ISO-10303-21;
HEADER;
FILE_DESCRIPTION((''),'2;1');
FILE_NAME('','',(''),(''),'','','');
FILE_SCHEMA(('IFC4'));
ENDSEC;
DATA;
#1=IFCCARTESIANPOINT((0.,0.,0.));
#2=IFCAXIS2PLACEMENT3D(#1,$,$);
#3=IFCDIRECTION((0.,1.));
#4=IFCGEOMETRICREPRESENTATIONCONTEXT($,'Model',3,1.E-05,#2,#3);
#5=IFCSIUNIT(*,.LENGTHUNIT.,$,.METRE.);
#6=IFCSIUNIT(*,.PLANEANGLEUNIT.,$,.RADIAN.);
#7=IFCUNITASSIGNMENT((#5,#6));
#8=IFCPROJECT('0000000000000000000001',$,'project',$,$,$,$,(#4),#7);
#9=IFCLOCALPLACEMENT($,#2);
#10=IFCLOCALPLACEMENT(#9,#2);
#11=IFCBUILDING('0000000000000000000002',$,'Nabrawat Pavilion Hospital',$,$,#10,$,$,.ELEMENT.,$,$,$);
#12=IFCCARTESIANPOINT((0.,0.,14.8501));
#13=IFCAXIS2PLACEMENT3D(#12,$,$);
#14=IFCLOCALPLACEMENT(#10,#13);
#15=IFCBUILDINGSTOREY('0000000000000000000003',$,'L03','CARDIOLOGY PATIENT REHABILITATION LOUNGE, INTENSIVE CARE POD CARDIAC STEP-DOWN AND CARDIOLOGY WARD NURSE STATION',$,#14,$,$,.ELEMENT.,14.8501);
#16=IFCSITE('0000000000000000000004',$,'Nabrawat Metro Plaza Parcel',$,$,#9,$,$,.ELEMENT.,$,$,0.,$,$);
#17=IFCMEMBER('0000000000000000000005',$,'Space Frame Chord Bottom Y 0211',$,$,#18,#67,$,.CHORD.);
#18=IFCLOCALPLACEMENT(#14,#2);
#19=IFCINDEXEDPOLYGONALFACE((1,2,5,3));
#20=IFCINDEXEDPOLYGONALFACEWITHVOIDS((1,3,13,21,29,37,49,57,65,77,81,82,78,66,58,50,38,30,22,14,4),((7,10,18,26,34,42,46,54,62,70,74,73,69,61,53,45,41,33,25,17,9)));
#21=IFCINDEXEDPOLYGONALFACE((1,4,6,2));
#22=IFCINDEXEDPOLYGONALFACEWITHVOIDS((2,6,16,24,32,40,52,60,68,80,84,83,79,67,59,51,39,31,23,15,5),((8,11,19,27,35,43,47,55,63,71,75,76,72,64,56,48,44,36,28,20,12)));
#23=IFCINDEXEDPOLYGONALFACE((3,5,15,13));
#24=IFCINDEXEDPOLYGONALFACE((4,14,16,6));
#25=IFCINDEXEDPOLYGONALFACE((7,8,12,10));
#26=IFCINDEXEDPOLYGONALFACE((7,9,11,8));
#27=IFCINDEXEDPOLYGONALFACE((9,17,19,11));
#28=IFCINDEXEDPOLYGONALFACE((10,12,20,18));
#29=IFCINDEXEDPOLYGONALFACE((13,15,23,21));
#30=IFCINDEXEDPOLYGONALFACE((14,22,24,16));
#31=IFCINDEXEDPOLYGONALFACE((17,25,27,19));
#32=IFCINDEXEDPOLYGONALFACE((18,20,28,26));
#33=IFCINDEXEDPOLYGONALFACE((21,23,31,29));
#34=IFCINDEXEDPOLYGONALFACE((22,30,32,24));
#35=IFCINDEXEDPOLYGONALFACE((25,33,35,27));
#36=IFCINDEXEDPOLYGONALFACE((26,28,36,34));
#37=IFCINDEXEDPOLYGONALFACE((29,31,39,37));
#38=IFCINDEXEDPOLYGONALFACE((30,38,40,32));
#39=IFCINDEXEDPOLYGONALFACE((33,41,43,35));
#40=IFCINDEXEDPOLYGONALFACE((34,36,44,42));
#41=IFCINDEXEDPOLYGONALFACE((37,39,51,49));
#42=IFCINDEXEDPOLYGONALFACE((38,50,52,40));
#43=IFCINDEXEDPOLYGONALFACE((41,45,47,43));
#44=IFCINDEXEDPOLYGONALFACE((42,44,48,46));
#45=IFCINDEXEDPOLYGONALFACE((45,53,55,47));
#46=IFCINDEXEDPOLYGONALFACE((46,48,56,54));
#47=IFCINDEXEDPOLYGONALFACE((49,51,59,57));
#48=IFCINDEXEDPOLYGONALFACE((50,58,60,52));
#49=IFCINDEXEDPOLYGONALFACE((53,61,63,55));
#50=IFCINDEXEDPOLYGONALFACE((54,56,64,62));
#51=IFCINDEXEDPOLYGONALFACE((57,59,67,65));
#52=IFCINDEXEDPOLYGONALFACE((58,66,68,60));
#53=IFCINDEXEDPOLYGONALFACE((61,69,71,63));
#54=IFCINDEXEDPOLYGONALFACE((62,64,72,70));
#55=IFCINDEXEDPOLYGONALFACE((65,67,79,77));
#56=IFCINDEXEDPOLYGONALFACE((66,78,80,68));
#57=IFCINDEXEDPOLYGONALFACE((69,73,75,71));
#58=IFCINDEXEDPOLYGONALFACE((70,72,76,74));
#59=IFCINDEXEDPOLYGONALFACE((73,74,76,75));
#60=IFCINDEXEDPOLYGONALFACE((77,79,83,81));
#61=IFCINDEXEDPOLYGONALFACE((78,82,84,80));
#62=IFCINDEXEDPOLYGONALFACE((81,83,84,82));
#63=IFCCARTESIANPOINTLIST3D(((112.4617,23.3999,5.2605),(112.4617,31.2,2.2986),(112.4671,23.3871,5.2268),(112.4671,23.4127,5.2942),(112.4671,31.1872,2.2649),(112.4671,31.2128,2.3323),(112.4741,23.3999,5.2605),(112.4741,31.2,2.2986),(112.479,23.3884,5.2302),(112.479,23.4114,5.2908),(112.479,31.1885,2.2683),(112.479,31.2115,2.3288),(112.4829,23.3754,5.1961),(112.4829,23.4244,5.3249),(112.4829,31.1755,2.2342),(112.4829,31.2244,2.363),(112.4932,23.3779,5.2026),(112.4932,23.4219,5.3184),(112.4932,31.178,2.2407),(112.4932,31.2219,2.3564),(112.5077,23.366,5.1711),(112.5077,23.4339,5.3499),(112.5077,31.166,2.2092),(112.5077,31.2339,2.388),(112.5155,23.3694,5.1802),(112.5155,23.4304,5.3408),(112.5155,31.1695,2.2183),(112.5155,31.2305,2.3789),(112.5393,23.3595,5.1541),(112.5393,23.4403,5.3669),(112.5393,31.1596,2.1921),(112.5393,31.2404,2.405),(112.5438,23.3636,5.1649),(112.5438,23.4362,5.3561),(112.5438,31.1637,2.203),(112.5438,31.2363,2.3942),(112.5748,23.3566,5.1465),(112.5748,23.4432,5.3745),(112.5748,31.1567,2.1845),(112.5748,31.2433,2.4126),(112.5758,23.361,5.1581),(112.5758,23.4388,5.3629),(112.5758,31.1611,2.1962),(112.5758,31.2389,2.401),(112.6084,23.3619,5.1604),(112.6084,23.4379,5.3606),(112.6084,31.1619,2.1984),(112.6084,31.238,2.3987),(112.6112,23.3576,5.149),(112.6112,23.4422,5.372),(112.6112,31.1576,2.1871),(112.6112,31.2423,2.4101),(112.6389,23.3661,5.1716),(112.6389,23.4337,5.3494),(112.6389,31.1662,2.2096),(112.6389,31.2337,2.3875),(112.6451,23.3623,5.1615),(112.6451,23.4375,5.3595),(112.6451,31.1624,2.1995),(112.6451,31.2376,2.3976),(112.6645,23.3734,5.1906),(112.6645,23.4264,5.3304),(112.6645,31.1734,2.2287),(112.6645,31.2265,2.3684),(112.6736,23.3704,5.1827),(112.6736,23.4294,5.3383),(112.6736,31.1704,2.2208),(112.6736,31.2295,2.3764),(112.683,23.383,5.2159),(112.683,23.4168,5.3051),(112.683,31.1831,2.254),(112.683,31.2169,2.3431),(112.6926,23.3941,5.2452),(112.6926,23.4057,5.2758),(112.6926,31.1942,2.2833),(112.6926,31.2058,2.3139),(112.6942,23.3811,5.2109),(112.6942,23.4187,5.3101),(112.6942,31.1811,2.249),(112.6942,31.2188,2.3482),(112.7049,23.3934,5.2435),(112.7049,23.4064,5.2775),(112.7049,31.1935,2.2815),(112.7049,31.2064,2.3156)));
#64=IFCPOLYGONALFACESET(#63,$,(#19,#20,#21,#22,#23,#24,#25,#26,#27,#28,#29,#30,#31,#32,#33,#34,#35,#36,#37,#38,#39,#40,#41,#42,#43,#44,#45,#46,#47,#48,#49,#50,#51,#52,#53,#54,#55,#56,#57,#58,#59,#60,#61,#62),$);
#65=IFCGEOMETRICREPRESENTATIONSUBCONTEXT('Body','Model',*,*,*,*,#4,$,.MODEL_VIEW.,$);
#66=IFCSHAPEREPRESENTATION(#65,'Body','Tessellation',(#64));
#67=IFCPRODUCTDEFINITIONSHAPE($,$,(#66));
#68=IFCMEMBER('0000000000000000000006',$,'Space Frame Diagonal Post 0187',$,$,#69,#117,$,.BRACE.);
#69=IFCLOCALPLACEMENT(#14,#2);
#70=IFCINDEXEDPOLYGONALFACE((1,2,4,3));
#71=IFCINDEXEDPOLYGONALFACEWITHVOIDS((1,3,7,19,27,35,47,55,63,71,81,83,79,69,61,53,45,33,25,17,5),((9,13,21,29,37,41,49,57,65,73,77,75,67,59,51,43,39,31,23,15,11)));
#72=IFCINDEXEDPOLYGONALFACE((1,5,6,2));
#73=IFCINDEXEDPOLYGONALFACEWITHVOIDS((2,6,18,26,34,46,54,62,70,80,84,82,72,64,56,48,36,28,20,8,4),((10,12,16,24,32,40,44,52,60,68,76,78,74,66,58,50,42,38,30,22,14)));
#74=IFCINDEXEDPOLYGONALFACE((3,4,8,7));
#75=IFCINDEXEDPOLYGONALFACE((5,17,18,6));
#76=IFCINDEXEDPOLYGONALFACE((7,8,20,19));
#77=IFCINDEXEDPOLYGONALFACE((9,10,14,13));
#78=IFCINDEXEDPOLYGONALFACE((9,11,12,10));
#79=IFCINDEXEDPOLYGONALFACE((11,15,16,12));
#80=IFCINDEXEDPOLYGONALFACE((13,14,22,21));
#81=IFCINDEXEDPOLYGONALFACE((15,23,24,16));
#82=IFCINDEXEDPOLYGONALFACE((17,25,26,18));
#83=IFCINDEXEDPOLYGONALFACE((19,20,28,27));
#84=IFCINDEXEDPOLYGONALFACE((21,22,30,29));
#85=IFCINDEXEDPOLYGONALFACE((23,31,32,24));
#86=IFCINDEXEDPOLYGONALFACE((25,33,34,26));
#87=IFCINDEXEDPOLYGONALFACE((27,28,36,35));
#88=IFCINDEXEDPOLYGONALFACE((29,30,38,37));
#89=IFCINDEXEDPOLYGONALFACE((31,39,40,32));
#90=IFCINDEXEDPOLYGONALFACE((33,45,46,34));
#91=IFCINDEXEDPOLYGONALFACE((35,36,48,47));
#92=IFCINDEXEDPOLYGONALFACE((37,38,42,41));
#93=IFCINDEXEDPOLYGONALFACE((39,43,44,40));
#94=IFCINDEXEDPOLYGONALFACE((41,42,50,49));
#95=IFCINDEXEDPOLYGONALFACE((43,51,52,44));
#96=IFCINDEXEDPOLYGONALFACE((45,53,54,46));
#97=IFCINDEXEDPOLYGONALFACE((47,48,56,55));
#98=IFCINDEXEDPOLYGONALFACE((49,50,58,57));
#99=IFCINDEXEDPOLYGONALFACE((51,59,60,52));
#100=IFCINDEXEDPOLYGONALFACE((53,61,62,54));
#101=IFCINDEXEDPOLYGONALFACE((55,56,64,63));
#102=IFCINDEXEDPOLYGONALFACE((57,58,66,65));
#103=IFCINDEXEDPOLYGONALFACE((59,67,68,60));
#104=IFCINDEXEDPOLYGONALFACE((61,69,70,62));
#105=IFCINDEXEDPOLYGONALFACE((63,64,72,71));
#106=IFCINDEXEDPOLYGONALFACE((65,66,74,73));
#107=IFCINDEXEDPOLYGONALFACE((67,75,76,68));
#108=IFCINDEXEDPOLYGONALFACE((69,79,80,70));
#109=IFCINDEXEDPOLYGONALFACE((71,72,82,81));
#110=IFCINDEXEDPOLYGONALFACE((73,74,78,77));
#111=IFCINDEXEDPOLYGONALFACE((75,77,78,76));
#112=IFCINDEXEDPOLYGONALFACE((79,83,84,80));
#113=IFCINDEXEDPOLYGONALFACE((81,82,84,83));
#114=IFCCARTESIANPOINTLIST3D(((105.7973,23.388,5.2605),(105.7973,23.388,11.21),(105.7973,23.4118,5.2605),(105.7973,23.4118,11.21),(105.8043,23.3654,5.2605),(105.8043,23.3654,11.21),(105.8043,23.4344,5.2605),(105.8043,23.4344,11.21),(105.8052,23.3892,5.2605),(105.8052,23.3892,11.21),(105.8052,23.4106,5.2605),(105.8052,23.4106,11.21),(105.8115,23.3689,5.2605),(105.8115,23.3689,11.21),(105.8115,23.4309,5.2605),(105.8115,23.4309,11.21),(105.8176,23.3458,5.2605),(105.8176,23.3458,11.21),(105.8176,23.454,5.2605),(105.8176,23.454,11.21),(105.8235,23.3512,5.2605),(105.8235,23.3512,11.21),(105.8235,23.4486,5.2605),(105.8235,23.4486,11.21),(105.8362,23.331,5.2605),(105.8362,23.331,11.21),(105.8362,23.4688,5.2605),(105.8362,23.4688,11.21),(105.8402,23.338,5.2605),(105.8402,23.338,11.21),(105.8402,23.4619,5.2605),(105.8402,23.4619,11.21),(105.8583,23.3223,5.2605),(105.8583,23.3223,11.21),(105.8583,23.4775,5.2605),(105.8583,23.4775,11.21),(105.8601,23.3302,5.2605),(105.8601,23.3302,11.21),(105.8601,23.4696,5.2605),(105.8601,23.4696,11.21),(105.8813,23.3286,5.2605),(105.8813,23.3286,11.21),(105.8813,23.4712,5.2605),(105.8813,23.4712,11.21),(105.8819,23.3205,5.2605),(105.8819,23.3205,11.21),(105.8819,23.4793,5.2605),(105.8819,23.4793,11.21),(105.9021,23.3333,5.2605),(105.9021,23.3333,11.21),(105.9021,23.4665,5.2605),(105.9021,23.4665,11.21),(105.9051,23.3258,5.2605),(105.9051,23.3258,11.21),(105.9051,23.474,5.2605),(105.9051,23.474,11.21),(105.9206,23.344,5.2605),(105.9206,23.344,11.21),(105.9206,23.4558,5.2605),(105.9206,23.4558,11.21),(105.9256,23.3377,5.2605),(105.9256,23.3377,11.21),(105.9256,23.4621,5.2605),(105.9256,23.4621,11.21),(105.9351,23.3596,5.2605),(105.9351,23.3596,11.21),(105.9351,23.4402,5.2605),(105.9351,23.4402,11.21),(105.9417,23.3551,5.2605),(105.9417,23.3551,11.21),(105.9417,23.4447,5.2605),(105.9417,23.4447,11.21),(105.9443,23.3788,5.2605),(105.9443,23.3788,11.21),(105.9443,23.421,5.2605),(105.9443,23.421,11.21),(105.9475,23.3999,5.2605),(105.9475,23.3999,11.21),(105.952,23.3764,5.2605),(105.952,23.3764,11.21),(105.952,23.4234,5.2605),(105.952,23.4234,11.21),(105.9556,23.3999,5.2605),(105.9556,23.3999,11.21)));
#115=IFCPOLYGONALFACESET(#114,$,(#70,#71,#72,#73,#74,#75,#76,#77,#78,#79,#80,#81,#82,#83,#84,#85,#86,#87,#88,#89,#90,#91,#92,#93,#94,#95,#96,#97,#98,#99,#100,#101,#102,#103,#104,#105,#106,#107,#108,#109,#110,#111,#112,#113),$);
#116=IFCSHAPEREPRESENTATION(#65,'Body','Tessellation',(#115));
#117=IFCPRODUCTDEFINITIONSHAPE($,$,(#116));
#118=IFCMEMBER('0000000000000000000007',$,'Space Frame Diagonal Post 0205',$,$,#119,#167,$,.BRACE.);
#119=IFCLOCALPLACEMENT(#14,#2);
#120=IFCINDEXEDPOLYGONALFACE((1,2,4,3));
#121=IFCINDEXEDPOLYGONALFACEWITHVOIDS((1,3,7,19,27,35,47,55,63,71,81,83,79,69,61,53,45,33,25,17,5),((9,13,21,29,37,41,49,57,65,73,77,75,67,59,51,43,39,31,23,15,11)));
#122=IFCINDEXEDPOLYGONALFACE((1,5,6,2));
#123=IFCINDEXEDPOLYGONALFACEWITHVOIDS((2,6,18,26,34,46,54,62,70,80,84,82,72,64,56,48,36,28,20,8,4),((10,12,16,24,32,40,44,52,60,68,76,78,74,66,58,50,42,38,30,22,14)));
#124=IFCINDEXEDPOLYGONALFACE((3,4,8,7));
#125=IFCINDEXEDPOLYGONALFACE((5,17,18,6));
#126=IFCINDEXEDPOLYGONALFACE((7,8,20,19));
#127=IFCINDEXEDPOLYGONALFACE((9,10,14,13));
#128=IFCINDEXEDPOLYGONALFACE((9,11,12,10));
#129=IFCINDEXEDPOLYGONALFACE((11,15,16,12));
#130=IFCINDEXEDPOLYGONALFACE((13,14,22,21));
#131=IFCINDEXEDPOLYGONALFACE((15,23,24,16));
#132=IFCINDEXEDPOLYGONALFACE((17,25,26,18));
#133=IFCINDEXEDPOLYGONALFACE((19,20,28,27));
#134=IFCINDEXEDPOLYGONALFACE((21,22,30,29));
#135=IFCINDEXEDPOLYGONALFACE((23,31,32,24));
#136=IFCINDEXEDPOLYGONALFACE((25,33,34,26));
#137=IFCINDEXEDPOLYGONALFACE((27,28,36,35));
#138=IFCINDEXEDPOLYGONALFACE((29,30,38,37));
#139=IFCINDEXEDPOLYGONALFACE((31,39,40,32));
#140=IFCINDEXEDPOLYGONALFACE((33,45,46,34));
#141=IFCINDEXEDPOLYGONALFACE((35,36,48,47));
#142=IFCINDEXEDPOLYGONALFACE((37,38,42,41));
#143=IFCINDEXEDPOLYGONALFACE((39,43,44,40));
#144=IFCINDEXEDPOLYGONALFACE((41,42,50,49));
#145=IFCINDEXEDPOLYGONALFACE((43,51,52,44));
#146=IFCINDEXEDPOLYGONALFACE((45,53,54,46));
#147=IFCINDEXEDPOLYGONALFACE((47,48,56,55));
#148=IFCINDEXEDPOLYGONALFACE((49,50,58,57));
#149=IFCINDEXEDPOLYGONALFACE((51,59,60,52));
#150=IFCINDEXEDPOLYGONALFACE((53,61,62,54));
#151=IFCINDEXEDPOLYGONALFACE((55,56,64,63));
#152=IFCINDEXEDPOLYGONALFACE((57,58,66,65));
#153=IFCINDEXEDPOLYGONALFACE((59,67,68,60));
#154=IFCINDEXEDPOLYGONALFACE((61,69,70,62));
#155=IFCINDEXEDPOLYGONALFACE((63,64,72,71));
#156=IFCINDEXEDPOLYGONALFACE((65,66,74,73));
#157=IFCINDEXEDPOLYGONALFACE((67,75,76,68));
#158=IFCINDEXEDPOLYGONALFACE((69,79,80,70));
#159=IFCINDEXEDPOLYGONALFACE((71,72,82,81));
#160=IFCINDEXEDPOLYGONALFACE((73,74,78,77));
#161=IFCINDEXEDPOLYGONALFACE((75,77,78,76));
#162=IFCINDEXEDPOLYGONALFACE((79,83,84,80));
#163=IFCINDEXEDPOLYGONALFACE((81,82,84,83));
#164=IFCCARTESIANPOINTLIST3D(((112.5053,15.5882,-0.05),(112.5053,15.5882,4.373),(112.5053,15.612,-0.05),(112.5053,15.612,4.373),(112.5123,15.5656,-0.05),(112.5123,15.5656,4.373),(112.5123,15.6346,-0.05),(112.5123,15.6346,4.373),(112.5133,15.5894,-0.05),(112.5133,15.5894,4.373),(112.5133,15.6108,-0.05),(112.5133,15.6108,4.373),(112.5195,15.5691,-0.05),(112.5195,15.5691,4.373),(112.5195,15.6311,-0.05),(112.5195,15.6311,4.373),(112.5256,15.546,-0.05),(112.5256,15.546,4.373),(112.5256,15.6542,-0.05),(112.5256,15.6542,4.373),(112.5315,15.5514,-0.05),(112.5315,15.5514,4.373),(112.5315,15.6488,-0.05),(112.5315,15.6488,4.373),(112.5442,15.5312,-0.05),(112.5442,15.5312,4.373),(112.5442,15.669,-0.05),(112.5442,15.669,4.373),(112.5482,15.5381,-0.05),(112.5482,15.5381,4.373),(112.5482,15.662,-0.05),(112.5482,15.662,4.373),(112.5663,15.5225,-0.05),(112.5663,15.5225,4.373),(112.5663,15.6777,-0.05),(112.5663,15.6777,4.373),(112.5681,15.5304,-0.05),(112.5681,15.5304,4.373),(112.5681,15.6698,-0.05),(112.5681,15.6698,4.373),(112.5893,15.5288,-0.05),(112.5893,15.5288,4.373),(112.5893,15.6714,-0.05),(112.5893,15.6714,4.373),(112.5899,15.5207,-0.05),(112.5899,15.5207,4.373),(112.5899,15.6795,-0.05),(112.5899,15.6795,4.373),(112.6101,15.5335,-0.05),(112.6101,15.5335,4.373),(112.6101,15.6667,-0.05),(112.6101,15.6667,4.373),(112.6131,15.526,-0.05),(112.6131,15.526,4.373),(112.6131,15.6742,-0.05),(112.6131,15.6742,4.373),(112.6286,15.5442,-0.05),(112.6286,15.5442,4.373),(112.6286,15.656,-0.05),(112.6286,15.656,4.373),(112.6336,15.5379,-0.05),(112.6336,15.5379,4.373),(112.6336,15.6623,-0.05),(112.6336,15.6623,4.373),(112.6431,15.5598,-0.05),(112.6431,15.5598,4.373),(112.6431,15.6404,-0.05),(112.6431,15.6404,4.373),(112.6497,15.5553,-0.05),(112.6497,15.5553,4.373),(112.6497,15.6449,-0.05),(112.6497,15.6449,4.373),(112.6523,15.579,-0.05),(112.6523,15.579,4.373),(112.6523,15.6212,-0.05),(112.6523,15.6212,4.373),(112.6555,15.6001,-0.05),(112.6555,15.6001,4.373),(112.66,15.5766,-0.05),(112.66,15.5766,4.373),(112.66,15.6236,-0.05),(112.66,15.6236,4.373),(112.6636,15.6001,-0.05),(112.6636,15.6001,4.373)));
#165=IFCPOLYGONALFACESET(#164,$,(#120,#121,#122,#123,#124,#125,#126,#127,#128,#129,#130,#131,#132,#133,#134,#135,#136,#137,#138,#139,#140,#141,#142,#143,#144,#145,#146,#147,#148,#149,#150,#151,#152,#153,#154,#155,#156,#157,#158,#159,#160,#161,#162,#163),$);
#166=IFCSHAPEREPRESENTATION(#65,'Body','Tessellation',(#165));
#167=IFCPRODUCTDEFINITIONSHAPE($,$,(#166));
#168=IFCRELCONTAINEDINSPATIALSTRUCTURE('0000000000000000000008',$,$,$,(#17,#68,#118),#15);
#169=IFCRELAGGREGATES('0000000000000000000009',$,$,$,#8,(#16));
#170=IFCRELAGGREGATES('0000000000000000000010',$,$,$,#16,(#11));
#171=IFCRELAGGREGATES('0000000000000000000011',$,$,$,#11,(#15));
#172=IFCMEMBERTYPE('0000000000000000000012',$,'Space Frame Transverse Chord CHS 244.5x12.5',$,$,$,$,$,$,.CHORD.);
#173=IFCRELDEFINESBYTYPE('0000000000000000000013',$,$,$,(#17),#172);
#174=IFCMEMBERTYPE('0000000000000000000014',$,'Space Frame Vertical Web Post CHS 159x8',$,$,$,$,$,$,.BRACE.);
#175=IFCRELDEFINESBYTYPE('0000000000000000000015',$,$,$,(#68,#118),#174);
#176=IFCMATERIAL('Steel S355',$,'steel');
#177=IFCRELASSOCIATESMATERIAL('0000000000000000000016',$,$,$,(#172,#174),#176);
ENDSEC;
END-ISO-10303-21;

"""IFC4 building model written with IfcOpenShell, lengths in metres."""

from ifc_helpers import new_model, si_unit, direction, frame, origin, origin_2d, place, context, subcontext, project, spatial, hollow_circle, extrude, material, material_profile, profile_set, type_object, element, save


model = new_model("IFC4")

# Units and contexts
model_context = context("Model", 3, precision=1e-05, world=origin(), true_north=direction((0.0, 1.0)))
body_context = subcontext(model_context, "Body", "Model", "MODEL_VIEW")
ifc_project = project(units=[si_unit("LENGTHUNIT", "METRE"), si_unit("PLANEANGLEUNIT", "RADIAN")], contexts=[model_context])

# Site, building, storey
site_placement = place(None, origin())
site = spatial("IfcSite", under=ifc_project, at=site_placement, Name="Nabrawat Metro Plaza Parcel", CompositionType="ELEMENT", RefElevation=0.0)
building_placement = place(site_placement, origin())
building = spatial("IfcBuilding", under=site, at=building_placement, Name="Nabrawat Pavilion Hospital", CompositionType="ELEMENT")
storey_placement = place(building_placement, frame((0.0, 0.0, 14.8501)))
storey = spatial("IfcBuildingStorey", under=building, at=storey_placement, Name="L03", Description="CARDIOLOGY PATIENT REHABILITATION LOUNGE, INTENSIVE CARE POD CARDIAC STEP-DOWN AND CARDIOLOGY WARD NURSE STATION", CompositionType="ELEMENT", Elevation=14.8501)

# Shared definitions
ifc_material = material(Name="Steel S355", Category="steel")

# Members
ifc_material_profile_1 = material_profile(ifc_material, hollow_circle(Radius=0.1223, WallThickness=0.0125, at=origin_2d()), Name="CHS 244.5x12.5")
ifc_profile_set_1 = profile_set([ifc_material_profile_1], Name="Steel S355")
member_type_1 = type_object("IfcMemberType", Name="Space Frame Transverse Chord CHS 244.5x12.5", PredefinedType="CHORD", material=ifc_profile_set_1)
member_1_placement = place(storey_placement, frame((112.584, 23.3999, 5.2605), z_axis=(0.0, 0.934867, -0.354997), x_axis=(-1.0, 0.0, 0.0)))
element("IfcMember", 1, at=member_1_placement, inside=storey, type_object=member_type_1, Name="Space Frame Chord Bottom Y 0211", PredefinedType="CHORD", context=body_context, shape_type="SweptSolid", body=[
    extrude(hollow_circle(Radius=0.1223, WallThickness=0.0125, at=origin_2d()), origin(), (0.0, 0.0, 1.0), 8.3435),
])
ifc_material_profile_2 = material_profile(ifc_material, hollow_circle(Radius=0.0796, WallThickness=0.0081, at=origin_2d()), Name="CHS 159x8")
ifc_profile_set_2 = profile_set([ifc_material_profile_2], Name="Steel S355")
member_type_2 = type_object("IfcMemberType", Name="Space Frame Vertical Web Post CHS 159x8", PredefinedType="BRACE", material=ifc_profile_set_2)
member_2_placement = place(storey_placement, frame((105.876, 23.3999, 5.2605), z_axis=(0.0, 0.0, 1.0), x_axis=(1.0, 0.0, 0.0)))
element("IfcMember", 2, at=member_2_placement, inside=storey, type_object=member_type_2, Name="Space Frame Diagonal Post 0187", PredefinedType="BRACE", context=body_context, shape_type="SweptSolid", body=[
    extrude(hollow_circle(Radius=0.0796, WallThickness=0.0081, at=origin_2d()), origin(), (0.0, 0.0, 1.0), 5.9495),
])
member_3_placement = place(storey_placement, frame((112.584, 15.6001, -0.05), z_axis=(0.0, 0.0, 1.0), x_axis=(1.0, 0.0, 0.0)))
element("IfcMember", 3, at=member_3_placement, inside=storey, type_object=member_type_2, Name="Space Frame Diagonal Post 0205", PredefinedType="BRACE", context=body_context, shape_type="SweptSolid", body=[
    extrude(hollow_circle(Radius=0.0796, WallThickness=0.0081, at=origin_2d()), origin(), (0.0, 0.0, 1.0), 4.4231),
])

save(model, "model.ifc")
